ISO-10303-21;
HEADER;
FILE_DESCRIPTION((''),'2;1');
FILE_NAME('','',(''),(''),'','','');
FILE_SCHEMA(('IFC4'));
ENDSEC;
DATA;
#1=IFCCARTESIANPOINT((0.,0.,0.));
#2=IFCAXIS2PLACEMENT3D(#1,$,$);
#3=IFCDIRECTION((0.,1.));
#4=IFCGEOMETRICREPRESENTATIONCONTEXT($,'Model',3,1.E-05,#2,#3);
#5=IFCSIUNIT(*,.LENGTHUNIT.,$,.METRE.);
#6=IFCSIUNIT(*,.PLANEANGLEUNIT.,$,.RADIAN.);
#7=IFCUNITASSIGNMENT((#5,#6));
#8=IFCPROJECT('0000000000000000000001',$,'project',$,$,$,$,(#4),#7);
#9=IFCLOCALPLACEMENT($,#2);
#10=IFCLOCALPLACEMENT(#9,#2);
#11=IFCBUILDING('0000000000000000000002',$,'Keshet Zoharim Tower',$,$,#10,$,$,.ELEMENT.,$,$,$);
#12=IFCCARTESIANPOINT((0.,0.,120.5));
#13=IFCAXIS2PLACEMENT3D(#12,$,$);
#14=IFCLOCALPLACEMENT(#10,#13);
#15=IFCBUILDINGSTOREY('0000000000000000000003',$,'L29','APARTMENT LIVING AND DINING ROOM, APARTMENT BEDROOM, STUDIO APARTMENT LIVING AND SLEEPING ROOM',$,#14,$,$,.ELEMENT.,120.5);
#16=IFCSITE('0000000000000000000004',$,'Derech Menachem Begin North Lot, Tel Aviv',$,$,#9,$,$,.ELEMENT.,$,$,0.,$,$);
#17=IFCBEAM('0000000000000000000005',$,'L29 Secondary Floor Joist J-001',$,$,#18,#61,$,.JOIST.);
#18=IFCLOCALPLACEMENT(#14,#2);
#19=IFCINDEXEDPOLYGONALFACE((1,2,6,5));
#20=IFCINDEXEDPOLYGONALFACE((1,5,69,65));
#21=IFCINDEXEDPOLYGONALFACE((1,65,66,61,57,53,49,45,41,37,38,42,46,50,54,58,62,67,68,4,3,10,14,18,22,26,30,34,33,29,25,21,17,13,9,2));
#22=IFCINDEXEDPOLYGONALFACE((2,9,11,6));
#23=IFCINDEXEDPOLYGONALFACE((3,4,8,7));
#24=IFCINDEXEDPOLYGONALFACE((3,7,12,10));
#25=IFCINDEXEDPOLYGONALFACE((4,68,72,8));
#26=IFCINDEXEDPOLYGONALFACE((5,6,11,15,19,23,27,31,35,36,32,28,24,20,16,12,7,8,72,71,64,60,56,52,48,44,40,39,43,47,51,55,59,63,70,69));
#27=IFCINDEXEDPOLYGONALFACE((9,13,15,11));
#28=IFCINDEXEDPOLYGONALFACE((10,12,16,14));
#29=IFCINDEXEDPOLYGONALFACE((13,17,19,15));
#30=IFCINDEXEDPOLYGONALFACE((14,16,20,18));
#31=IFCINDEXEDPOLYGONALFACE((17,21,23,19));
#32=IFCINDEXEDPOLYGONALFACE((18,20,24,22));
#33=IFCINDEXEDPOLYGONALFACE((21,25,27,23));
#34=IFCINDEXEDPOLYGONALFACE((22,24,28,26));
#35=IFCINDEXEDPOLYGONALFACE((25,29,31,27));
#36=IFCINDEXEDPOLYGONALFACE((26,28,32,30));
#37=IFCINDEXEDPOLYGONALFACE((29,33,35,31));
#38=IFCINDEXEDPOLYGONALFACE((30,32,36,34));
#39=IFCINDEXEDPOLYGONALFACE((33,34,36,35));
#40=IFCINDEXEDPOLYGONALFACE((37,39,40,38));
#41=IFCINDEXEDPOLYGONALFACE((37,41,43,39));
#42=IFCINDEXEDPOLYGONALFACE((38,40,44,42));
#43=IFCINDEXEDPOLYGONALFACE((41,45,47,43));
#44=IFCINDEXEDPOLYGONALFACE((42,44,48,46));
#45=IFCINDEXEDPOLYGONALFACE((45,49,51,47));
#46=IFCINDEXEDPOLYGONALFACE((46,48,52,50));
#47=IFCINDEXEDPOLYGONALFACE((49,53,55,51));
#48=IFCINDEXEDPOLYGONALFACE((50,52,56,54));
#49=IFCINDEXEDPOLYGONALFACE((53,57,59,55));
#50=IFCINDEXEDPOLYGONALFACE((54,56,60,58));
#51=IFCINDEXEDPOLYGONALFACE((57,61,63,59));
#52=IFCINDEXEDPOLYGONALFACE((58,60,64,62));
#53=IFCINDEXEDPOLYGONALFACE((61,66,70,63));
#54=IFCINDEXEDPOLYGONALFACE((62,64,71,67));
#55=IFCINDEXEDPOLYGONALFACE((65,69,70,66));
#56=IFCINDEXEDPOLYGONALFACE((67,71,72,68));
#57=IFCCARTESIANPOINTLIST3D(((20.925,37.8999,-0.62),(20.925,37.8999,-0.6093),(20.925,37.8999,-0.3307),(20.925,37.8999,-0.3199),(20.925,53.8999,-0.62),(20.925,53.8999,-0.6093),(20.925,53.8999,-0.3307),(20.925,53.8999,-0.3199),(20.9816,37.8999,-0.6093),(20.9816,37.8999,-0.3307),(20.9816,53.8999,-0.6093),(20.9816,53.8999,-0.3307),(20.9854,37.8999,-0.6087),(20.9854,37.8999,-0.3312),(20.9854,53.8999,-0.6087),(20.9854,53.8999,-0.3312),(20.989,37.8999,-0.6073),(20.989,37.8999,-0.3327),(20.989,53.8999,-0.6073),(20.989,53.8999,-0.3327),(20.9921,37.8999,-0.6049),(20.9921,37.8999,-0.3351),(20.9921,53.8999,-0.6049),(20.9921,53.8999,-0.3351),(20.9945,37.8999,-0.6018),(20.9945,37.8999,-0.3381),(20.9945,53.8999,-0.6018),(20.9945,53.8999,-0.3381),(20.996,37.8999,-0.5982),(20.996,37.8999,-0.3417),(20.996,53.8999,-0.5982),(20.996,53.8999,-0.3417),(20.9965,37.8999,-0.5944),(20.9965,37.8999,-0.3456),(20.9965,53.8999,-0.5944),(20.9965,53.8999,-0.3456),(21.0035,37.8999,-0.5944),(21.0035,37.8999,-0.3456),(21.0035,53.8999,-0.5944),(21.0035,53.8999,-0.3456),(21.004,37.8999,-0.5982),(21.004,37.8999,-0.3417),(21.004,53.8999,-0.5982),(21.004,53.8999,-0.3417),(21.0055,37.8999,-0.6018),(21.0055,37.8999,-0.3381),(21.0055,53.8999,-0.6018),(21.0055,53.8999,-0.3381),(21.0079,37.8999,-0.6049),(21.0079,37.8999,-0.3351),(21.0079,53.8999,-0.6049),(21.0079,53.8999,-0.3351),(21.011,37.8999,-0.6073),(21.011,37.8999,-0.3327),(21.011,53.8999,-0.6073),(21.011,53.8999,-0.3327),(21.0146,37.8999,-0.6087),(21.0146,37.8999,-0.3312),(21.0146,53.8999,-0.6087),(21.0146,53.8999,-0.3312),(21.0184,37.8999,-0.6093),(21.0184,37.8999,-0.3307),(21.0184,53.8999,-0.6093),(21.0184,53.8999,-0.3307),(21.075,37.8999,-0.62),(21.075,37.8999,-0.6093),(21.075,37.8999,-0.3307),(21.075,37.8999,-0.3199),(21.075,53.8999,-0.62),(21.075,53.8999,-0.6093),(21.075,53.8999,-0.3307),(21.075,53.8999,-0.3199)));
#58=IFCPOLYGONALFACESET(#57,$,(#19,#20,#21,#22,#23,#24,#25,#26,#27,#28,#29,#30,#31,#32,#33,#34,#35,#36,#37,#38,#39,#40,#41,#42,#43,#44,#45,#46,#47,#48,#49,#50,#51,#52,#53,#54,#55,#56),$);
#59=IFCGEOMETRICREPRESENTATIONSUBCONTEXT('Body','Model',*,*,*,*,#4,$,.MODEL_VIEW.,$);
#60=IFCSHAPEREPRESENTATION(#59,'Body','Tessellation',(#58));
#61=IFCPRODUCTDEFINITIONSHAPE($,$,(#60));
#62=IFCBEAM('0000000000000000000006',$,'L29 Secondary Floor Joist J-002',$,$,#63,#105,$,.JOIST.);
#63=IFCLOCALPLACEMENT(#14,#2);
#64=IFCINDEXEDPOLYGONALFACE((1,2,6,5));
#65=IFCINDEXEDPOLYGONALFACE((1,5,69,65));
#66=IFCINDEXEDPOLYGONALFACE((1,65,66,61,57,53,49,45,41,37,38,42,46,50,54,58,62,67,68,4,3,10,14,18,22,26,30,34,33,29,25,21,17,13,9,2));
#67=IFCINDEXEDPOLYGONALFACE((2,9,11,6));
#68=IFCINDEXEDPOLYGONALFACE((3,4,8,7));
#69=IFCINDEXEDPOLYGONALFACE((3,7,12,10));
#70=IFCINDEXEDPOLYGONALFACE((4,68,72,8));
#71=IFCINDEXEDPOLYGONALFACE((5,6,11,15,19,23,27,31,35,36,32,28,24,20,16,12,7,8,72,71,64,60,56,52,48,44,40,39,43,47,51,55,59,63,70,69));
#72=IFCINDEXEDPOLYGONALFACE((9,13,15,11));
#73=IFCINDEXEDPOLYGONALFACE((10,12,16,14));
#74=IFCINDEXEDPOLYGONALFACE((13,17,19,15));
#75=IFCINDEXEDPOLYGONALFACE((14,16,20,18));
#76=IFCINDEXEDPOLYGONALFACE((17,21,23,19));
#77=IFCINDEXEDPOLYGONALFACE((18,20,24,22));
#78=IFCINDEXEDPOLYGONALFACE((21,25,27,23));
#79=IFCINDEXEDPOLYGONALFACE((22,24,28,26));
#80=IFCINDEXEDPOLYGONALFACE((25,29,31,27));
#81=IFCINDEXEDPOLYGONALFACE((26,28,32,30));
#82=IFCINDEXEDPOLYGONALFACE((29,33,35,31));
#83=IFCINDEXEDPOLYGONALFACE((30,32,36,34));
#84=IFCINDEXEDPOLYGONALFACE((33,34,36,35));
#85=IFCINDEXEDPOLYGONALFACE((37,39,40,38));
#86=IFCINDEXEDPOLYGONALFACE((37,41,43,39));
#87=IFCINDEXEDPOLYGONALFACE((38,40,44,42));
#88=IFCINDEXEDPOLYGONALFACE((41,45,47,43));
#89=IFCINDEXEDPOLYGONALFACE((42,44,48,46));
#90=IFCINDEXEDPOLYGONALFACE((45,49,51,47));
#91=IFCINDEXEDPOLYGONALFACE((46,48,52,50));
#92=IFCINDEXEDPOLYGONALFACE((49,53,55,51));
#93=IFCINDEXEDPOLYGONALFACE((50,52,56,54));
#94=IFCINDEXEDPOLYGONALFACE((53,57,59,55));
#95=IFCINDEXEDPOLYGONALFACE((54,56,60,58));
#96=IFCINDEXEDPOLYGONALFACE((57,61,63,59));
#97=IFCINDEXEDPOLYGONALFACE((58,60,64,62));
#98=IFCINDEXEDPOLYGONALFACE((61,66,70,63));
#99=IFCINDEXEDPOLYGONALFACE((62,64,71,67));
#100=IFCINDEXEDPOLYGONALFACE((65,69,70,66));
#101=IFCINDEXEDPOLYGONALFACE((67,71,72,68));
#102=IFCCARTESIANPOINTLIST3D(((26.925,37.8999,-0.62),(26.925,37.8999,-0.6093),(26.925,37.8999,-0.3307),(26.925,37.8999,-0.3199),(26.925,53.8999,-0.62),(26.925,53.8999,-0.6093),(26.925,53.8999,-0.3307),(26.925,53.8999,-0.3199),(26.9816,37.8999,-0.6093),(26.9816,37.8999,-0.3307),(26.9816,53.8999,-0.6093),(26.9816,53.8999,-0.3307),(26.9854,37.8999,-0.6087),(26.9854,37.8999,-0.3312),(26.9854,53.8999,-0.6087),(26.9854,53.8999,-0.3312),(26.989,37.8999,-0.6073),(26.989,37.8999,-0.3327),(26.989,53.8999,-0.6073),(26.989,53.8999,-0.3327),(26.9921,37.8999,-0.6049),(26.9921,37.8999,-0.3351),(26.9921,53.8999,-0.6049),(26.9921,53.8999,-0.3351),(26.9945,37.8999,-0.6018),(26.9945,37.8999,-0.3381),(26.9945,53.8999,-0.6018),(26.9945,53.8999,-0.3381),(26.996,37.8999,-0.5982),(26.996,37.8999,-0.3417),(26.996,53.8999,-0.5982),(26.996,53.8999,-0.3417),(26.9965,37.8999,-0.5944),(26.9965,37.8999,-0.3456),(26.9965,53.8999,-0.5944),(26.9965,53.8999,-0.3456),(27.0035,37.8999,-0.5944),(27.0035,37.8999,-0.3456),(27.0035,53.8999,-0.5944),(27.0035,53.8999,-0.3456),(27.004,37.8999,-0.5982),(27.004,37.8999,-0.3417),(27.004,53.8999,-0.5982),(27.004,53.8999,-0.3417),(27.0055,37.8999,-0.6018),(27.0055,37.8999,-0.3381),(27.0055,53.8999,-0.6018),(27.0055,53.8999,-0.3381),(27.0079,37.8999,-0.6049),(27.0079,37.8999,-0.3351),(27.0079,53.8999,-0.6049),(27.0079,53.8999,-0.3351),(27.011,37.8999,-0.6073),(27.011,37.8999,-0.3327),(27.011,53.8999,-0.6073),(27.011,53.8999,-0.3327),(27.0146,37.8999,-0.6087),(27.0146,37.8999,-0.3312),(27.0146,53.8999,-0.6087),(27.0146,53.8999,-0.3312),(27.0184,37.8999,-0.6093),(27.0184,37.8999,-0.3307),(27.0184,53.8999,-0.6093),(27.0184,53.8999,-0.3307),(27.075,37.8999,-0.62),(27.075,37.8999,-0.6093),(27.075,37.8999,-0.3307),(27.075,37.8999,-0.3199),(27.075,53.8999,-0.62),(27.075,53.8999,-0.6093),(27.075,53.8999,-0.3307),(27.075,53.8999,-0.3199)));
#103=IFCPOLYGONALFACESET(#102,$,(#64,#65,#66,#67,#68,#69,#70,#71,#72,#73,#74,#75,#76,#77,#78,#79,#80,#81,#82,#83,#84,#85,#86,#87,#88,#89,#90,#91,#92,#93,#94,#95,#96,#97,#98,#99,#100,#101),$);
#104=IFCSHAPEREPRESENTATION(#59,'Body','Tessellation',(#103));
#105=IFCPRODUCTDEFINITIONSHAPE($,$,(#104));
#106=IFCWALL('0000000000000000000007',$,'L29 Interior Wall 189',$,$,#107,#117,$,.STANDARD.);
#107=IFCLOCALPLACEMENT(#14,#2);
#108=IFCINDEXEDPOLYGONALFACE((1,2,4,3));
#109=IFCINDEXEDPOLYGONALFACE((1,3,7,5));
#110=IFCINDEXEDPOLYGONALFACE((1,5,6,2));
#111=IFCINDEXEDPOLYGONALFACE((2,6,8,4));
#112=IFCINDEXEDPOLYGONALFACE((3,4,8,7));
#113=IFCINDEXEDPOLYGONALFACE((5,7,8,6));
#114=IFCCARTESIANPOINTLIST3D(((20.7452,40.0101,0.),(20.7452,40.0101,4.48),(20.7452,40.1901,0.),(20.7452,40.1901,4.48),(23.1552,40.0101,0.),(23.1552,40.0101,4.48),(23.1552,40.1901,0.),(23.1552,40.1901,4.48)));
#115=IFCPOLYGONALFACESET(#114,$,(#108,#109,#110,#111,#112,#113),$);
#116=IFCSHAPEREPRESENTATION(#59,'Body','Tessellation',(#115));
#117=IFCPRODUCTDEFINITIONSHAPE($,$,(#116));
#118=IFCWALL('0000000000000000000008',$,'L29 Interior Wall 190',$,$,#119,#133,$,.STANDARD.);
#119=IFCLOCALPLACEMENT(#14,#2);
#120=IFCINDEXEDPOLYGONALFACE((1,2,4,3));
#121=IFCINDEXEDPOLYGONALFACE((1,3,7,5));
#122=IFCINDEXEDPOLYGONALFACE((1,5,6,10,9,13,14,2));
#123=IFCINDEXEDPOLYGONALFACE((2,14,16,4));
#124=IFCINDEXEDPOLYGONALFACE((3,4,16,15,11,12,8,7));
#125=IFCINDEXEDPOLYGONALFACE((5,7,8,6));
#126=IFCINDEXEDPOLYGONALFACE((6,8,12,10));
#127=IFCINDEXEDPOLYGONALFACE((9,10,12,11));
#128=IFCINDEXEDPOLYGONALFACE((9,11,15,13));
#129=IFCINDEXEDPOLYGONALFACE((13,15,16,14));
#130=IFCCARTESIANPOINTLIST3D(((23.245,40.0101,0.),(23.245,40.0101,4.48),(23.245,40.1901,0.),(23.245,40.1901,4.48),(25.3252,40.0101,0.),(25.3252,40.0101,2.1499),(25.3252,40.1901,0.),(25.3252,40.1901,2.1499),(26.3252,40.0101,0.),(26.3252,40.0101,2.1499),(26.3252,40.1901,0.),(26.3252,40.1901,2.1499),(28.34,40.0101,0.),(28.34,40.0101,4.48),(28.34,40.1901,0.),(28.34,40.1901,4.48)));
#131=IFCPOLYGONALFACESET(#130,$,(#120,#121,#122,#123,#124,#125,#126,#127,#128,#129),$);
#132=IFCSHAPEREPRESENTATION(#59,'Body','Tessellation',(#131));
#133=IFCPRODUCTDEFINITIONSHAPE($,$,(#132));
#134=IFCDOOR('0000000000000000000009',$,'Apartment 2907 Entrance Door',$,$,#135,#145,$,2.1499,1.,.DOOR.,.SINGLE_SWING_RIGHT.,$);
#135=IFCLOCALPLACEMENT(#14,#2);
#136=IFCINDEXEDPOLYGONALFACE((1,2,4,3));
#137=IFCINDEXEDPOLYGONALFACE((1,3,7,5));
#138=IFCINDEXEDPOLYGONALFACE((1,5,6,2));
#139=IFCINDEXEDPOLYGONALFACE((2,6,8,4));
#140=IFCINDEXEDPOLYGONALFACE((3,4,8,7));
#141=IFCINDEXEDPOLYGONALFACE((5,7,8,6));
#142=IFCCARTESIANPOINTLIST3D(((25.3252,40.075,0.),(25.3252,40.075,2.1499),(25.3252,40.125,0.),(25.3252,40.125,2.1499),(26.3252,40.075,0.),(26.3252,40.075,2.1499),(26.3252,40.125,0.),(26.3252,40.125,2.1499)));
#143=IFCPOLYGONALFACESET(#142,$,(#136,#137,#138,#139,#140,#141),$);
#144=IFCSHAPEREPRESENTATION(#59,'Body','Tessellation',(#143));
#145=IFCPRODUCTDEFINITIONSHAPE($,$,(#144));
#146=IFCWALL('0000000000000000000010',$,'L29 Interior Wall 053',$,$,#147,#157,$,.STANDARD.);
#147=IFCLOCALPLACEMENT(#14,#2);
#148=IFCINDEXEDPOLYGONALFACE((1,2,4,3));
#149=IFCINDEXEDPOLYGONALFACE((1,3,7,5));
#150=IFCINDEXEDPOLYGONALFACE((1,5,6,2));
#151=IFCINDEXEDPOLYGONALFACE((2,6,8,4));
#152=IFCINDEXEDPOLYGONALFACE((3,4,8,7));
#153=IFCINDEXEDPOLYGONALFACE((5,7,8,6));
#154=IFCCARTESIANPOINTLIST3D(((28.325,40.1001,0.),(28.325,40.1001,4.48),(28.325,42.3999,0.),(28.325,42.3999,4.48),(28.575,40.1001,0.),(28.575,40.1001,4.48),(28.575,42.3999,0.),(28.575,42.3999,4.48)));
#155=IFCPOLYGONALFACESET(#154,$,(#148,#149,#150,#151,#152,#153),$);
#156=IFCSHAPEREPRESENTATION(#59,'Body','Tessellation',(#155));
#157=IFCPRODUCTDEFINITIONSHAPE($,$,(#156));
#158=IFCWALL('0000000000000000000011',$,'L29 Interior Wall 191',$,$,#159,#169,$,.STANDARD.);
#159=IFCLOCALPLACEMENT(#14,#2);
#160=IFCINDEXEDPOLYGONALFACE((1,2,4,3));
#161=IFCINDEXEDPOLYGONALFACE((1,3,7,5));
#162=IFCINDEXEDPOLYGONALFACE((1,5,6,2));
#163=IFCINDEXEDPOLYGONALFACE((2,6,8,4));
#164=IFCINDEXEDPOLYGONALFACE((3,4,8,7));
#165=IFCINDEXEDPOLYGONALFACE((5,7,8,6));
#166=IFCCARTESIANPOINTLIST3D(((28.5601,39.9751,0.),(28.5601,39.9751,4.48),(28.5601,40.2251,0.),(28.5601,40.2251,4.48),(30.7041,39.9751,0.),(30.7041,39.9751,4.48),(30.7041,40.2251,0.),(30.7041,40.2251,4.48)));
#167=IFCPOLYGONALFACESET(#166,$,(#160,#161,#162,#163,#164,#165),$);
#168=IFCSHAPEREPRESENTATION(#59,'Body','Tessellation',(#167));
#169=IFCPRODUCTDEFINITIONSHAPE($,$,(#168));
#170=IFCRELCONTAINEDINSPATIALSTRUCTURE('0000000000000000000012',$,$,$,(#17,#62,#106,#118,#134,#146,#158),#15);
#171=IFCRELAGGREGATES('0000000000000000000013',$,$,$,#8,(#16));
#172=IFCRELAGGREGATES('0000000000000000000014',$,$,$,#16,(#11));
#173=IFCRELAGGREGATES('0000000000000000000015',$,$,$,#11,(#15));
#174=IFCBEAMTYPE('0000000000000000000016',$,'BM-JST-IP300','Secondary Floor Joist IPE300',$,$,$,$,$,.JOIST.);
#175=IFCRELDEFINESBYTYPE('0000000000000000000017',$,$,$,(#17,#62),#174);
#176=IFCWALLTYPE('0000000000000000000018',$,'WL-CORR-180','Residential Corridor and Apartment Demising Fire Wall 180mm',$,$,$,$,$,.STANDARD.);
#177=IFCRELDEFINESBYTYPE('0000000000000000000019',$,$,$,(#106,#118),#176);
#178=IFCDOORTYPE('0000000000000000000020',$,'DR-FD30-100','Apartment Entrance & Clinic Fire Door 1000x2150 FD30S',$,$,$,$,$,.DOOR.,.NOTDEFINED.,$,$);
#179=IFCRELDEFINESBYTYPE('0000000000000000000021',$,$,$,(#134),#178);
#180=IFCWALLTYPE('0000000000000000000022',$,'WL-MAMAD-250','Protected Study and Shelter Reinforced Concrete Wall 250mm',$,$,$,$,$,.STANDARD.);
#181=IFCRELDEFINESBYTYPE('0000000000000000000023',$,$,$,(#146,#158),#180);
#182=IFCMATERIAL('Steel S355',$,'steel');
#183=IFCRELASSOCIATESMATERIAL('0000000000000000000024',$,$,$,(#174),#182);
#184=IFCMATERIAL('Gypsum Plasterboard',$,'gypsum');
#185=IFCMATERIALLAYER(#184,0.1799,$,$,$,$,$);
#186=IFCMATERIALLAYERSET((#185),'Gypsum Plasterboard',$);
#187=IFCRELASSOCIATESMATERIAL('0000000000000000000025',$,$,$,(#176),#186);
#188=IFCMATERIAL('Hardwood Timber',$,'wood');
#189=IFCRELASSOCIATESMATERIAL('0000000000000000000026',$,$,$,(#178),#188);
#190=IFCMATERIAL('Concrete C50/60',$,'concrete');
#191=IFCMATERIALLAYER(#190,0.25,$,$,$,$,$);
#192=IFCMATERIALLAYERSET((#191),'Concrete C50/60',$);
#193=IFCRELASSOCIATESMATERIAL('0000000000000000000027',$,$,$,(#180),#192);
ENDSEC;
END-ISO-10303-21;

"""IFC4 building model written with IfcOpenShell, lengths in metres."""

from ifc_helpers import new_model, si_unit, direction, frame, frame_2d, origin, origin_2d, place, context, subcontext, project, spatial, rectangle, i_section, extrude, material, layer, layer_set, material_profile, profile_set, type_object, element, fill, save


model = new_model("IFC4")

# Units and contexts
model_context = context("Model", 3, precision=1e-05, world=origin(), true_north=direction((0.0, 1.0)))
body_context = subcontext(model_context, "Body", "Model", "MODEL_VIEW")
ifc_project = project(units=[si_unit("LENGTHUNIT", "METRE"), si_unit("PLANEANGLEUNIT", "RADIAN")], contexts=[model_context])

# Site, building, storey
site_placement = place(None, origin())
site = spatial("IfcSite", under=ifc_project, at=site_placement, Name="Derech Menachem Begin North Lot, Tel Aviv", CompositionType="ELEMENT", RefElevation=0.0)
building_placement = place(site_placement, origin())
building = spatial("IfcBuilding", under=site, at=building_placement, Name="Keshet Zoharim Tower", CompositionType="ELEMENT")
storey_placement = place(building_placement, frame((0.0, 0.0, 120.5)))
storey = spatial("IfcBuildingStorey", under=building, at=storey_placement, Name="L29", Description="APARTMENT LIVING AND DINING ROOM, APARTMENT BEDROOM, STUDIO APARTMENT LIVING AND SLEEPING ROOM", CompositionType="ELEMENT", Elevation=120.5)

# Beams
ifc_material_1 = material(Name="Steel S355", Category="steel")
ifc_material_profile = material_profile(ifc_material_1, i_section(OverallWidth=0.1499, OverallDepth=0.3, WebThickness=0.0071, FlangeThickness=0.0107, FilletRadius=0.0149, at=origin_2d()), Name="IPE300")
ifc_profile_set = profile_set([ifc_material_profile], Name="Steel S355")
beam_type = type_object("IfcBeamType", Name="BM-JST-IP300", Description="Secondary Floor Joist IPE300", PredefinedType="JOIST", material=ifc_profile_set)
for number, where, z_axis, x_axis, name in (
    (1, (21.0, 37.8999, -0.47), (0.0, 1.0, 0.0), (-1.0, 0.0, 0.0), "L29 Secondary Floor Joist J-001"),
    (2, (27.0, 37.8999, -0.47), (0.0, 1.0, 0.0), (-1.0, 0.0, 0.0), "L29 Secondary Floor Joist J-002"),
):
    element("IfcBeam", number, at=place(storey_placement, frame(where, z_axis=z_axis, x_axis=x_axis)), inside=storey, type_object=beam_type, Name=name, PredefinedType="JOIST", context=body_context, shape_type="SweptSolid", body=[
        extrude(i_section(OverallWidth=0.1499, OverallDepth=0.3, WebThickness=0.0071, FlangeThickness=0.0107, FilletRadius=0.0149, at=origin_2d()), origin(), (0.0, 0.0, 1.0), 16.0),
    ])

# Wall
ifc_material_2 = material(Name="Gypsum Plasterboard", Category="gypsum")
ifc_layer_1 = layer(ifc_material_2, 0.1799)
ifc_layer_set_1 = layer_set([ifc_layer_1], Name="Gypsum Plasterboard")
wall_type_1 = type_object("IfcWallType", Name="WL-CORR-180", Description="Residential Corridor and Apartment Demising Fire Wall 180mm", PredefinedType="STANDARD", material=ifc_layer_set_1)
wall_1_placement = place(storey_placement, frame((20.7451, 40.1001, 0.0), z_axis=(0.0, 0.0, 1.0), x_axis=(1.0, 0.0, 0.0)))
element("IfcWall", 3, at=wall_1_placement, inside=storey, type_object=wall_type_1, Name="L29 Interior Wall 189", PredefinedType="STANDARD", context=body_context, shape_type="SweptSolid", body=[
    extrude(rectangle(XDim=2.4099, YDim=0.1799, at=frame_2d((1.2051, 0.0))), origin(), (0.0, 0.0, 1.0), 4.48),
])

# Wall, opening, door
wall_2_placement = place(storey_placement, frame((23.2451, 40.1001, 0.0), z_axis=(0.0, 0.0, 1.0), x_axis=(1.0, 0.0, 0.0)))
wall_2 = element("IfcWall", 4, at=wall_2_placement, inside=storey, type_object=wall_type_1, Name="L29 Interior Wall 190", PredefinedType="STANDARD", context=body_context, shape_type="SweptSolid", body=[
    extrude(rectangle(XDim=5.095, YDim=0.1799, at=frame_2d((2.5474, 0.0))), origin(), (0.0, 0.0, 1.0), 4.48),
])
opening_1_placement = place(wall_2_placement, frame((2.0801, 0.0, 0.0)))
opening_1 = element("IfcOpeningElement", 5, at=opening_1_placement, cuts=wall_2, PredefinedType="OPENING", context=body_context, shape_type="SweptSolid", body=[
    extrude(rectangle(XDim=1.0, YDim=2.1499, at=frame_2d((0.5, 1.075))), frame((0.0, 0.1001, 0.0), z_axis=(0.0, -1.0, 0.0), x_axis=(1.0, 0.0, 0.0)), (0.0, 0.0, 1.0), 0.2),
])
ifc_material_3 = material(Name="Hardwood Timber", Category="wood")
door_type_1 = type_object("IfcDoorType", Name="DR-FD30-100", Description="Apartment Entrance & Clinic Fire Door 1000x2150 FD30S", OperationType="NOTDEFINED", PredefinedType="DOOR", material=ifc_material_3)
door_1_placement = place(opening_1_placement, origin())
door_1 = element("IfcDoor", 6, at=door_1_placement, inside=storey, type_object=door_type_1, Name="Apartment 2907 Entrance Door", OperationType="SINGLE_SWING_RIGHT", OverallHeight=2.1499, OverallWidth=1.0, PredefinedType="DOOR", context=body_context, shape_type="SweptSolid", body=[
    extrude(rectangle(XDim=1.0, YDim=2.1499, at=frame_2d((0.5, 1.075))), frame((0.0, 0.0249, 0.0), z_axis=(0.0, -1.0, 0.0), x_axis=(1.0, 0.0, 0.0)), (0.0, 0.0, 1.0), 0.05),
])
fill(opening_1, door_1)

# Walls
ifc_material_4 = material(Name="Concrete C50/60", Category="concrete")
ifc_layer_2 = layer(ifc_material_4, 0.25)
ifc_layer_set_2 = layer_set([ifc_layer_2], Name="Concrete C50/60")
wall_type_2 = type_object("IfcWallType", Name="WL-MAMAD-250", Description="Protected Study and Shelter Reinforced Concrete Wall 250mm", PredefinedType="STANDARD", material=ifc_layer_set_2)
wall_3_placement = place(storey_placement, frame((28.45, 40.1001, 0.0), z_axis=(0.0, 0.0, 1.0), x_axis=(0.0, 1.0, 0.0)))
element("IfcWall", 7, at=wall_3_placement, inside=storey, type_object=wall_type_2, Name="L29 Interior Wall 053", PredefinedType="STANDARD", context=body_context, shape_type="SweptSolid", body=[
    extrude(rectangle(XDim=2.2998, YDim=0.25, at=frame_2d((1.1499, 0.0))), origin(), (0.0, 0.0, 1.0), 4.48),
])
wall_4_placement = place(storey_placement, frame((28.5601, 40.1001, 0.0), z_axis=(0.0, 0.0, 1.0), x_axis=(1.0, 0.0, 0.0)))
element("IfcWall", 8, at=wall_4_placement, inside=storey, type_object=wall_type_2, Name="L29 Interior Wall 191", PredefinedType="STANDARD", context=body_context, shape_type="SweptSolid", body=[
    extrude(rectangle(XDim=2.144, YDim=0.25, at=frame_2d((1.072, 0.0))), origin(), (0.0, 0.0, 1.0), 4.48),
])

save(model, "model.ifc")
